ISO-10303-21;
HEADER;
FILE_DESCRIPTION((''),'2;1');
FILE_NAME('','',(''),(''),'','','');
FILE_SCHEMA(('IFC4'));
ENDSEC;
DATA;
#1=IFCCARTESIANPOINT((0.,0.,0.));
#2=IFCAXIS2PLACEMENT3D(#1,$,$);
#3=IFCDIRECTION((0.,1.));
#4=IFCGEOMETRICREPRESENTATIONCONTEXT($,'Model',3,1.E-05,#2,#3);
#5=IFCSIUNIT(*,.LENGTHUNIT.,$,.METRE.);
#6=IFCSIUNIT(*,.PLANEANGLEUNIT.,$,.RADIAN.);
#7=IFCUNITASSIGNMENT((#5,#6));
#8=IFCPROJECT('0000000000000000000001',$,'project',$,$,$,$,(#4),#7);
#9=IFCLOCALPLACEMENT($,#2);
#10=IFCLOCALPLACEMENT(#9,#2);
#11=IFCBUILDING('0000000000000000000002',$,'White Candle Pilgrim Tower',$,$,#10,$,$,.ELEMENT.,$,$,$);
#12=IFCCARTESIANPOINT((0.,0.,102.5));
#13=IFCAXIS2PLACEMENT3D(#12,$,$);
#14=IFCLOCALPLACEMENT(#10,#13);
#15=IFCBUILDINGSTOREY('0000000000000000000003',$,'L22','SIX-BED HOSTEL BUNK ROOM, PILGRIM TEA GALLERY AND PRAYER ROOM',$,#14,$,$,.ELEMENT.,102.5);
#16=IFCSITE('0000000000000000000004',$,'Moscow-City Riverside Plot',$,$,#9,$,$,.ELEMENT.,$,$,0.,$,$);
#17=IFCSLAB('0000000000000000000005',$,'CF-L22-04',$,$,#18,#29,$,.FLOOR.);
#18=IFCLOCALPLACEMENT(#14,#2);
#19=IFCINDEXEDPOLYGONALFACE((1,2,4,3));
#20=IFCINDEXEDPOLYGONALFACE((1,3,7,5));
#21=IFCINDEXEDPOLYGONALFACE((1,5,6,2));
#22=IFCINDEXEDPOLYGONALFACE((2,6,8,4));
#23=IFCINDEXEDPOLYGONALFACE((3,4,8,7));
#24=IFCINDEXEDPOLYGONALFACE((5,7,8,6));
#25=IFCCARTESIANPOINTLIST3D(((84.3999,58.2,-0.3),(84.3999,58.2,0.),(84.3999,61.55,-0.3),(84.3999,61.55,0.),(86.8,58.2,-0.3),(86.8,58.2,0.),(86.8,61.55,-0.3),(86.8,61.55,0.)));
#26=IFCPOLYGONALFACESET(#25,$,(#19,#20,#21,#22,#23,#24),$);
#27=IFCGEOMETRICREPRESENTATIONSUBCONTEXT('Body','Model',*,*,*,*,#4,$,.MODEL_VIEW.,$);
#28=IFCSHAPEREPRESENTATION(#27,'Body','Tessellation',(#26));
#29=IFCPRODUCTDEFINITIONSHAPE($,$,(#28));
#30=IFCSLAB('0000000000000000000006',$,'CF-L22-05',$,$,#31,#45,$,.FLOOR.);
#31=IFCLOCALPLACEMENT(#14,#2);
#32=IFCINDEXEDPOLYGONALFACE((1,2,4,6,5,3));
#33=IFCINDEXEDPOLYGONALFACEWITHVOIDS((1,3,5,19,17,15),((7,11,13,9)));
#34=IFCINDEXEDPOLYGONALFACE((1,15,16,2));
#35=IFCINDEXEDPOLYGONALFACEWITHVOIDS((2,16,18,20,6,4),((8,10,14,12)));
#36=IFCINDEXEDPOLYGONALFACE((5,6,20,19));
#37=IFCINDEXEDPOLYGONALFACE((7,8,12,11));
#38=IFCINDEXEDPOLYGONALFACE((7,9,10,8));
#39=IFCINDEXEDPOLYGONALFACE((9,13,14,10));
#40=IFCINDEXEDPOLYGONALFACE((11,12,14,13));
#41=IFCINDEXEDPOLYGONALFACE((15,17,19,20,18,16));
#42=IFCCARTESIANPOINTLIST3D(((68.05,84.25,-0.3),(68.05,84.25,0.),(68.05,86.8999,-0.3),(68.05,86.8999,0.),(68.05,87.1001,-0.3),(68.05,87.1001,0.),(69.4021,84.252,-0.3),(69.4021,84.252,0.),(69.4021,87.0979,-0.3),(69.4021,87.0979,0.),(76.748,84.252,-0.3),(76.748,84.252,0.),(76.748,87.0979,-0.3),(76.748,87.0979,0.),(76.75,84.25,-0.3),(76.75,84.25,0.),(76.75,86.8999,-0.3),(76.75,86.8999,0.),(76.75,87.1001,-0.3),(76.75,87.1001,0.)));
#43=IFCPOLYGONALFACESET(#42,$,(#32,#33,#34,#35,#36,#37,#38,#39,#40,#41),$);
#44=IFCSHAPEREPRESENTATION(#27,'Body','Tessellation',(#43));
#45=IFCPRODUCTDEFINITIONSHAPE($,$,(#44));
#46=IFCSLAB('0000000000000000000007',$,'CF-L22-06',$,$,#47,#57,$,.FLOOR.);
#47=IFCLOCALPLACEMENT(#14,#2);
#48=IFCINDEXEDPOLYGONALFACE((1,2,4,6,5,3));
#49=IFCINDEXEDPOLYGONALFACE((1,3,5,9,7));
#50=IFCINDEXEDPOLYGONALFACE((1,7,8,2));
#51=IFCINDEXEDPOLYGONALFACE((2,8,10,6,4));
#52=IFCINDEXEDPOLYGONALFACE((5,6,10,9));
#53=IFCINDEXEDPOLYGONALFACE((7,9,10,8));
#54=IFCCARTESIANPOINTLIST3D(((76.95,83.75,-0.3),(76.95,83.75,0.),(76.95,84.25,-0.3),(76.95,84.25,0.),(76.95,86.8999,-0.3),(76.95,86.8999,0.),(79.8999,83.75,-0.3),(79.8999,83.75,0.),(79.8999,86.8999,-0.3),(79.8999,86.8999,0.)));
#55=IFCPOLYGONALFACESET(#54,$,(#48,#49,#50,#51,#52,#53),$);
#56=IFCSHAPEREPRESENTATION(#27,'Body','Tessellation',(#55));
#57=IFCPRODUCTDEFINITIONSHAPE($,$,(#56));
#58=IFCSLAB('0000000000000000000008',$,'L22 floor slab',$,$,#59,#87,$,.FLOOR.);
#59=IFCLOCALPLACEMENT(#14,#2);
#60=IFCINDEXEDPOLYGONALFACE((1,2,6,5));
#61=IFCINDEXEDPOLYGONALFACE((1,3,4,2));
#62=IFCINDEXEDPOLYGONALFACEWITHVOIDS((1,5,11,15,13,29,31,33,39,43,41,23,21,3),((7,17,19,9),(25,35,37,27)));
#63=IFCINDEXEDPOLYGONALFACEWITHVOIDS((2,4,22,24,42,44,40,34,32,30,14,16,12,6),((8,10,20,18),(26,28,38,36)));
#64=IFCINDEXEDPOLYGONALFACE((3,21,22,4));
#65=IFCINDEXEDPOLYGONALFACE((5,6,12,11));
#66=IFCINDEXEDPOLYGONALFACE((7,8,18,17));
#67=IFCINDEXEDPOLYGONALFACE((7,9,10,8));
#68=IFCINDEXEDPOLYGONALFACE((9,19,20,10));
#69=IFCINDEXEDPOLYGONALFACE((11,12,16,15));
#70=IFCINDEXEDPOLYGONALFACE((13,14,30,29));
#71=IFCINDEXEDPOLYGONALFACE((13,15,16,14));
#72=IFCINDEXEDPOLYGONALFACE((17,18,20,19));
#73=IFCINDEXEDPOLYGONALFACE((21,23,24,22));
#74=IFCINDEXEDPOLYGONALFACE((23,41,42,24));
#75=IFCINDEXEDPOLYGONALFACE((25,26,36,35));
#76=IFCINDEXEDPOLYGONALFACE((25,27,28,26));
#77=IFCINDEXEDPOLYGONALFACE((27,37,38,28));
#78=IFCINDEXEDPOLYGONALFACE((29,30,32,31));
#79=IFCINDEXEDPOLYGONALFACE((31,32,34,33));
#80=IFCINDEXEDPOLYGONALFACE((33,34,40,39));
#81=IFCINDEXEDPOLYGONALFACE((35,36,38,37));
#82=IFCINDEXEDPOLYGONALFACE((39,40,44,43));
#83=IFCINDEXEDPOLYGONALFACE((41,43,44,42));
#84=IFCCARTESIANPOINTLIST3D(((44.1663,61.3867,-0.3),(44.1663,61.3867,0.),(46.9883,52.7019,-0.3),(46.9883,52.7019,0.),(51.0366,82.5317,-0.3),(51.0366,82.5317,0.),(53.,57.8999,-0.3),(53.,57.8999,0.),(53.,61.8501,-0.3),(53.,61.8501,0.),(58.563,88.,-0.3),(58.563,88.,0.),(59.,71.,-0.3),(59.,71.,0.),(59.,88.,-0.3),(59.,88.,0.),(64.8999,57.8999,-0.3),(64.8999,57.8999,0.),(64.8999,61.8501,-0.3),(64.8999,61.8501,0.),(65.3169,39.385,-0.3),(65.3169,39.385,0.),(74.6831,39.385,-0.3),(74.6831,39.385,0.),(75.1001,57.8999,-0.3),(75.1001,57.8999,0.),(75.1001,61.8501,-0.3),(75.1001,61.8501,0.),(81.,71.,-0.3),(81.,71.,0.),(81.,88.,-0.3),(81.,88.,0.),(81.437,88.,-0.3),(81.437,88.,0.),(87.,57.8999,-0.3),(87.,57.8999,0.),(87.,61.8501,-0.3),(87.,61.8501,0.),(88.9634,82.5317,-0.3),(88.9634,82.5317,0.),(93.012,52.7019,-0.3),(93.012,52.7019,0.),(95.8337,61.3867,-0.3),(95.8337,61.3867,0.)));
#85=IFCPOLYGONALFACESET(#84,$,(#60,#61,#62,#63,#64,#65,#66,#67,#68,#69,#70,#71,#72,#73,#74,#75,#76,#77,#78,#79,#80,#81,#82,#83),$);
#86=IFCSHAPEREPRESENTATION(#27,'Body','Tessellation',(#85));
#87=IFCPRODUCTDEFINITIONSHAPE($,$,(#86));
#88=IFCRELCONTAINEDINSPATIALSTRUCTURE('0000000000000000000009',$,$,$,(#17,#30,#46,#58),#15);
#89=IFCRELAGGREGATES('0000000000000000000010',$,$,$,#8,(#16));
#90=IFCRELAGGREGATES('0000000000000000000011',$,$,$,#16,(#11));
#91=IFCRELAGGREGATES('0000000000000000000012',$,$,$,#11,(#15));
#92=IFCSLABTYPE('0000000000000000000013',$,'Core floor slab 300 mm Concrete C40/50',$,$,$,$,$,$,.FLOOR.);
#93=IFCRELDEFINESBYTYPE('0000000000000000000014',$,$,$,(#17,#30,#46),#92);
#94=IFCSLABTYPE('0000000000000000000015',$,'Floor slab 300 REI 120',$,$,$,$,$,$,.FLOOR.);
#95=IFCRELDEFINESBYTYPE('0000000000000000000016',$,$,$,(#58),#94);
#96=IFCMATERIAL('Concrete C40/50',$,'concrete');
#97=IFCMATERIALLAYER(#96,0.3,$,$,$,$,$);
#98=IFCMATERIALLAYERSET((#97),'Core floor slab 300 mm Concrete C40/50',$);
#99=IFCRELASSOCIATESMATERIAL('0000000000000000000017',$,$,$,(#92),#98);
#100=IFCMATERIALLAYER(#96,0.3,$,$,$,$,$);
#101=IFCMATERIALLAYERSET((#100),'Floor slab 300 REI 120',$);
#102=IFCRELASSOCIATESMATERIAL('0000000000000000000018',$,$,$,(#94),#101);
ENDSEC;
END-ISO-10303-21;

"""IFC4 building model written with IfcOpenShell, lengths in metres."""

from ifc_helpers import new_model, si_unit, direction, frame, origin, place, context, subcontext, project, spatial, polyline, outline, extrude, material, layer, layer_set, type_object, element, save


model = new_model("IFC4")

# Units and contexts
model_context = context("Model", 3, precision=1e-05, world=origin(), true_north=direction((0.0, 1.0)))
body_context = subcontext(model_context, "Body", "Model", "MODEL_VIEW")
ifc_project = project(units=[si_unit("LENGTHUNIT", "METRE"), si_unit("PLANEANGLEUNIT", "RADIAN")], contexts=[model_context])

# Site, building, storey
site_placement = place(None, origin())
site = spatial("IfcSite", under=ifc_project, at=site_placement, Name="Moscow-City Riverside Plot", CompositionType="ELEMENT", RefElevation=0.0)
building_placement = place(site_placement, origin())
building = spatial("IfcBuilding", under=site, at=building_placement, Name="White Candle Pilgrim Tower", CompositionType="ELEMENT")
storey_placement = place(building_placement, frame((0.0, 0.0, 102.5)))
storey = spatial("IfcBuildingStorey", under=building, at=storey_placement, Name="L22", Description="SIX-BED HOSTEL BUNK ROOM, PILGRIM TEA GALLERY AND PRAYER ROOM", CompositionType="ELEMENT", Elevation=102.5)

# Slabs
ifc_material_1 = material(Name="Concrete C40/50", Category="concrete")
ifc_layer_1 = layer(ifc_material_1, 0.3)
ifc_layer_set_1 = layer_set([ifc_layer_1], Name="Core floor slab 300 mm Concrete C40/50")
slab_type_1 = type_object("IfcSlabType", Name="Core floor slab 300 mm Concrete C40/50", PredefinedType="FLOOR", material=ifc_layer_set_1)
slab_1_placement = place(storey_placement, frame((0.0, 0.0, -0.3)))
element("IfcSlab", 1, at=slab_1_placement, inside=storey, type_object=slab_type_1, Name="CF-L22-04", PredefinedType="FLOOR", context=body_context, shape_type="SweptSolid", body=[
    extrude(outline(polyline([(86.8, 58.2), (84.3999, 58.2), (84.3999, 61.55), (86.8, 61.55), (86.8, 58.2)])), origin(), (0.0, 0.0, 1.0), 0.3),
])
slab_2_placement = place(storey_placement, frame((0.0, 0.0, -0.3)))
element("IfcSlab", 2, at=slab_2_placement, inside=storey, type_object=slab_type_1, Name="CF-L22-05", PredefinedType="FLOOR", context=body_context, shape_type="SweptSolid", body=[
    extrude(outline(polyline([(76.75, 87.1001), (76.75, 86.8999), (76.75, 84.25), (68.05, 84.25), (68.05, 86.8999), (68.05, 87.1001), (76.75, 87.1001)]), holes=[polyline([(69.4021, 87.0979), (69.4021, 84.252), (76.748, 84.252), (76.748, 87.0979), (69.4021, 87.0979)])]), origin(), (0.0, 0.0, 1.0), 0.3),
])
slab_3_placement = place(storey_placement, frame((0.0, 0.0, -0.3)))
element("IfcSlab", 3, at=slab_3_placement, inside=storey, type_object=slab_type_1, Name="CF-L22-06", PredefinedType="FLOOR", context=body_context, shape_type="SweptSolid", body=[
    extrude(outline(polyline([(79.8999, 86.8999), (79.8999, 83.75), (76.95, 83.75), (76.95, 84.25), (76.95, 86.8999), (79.8999, 86.8999)])), origin(), (0.0, 0.0, 1.0), 0.3),
])
ifc_layer_2 = layer(ifc_material_1, 0.3)
ifc_layer_set_2 = layer_set([ifc_layer_2], Name="Floor slab 300 REI 120")
slab_type_2 = type_object("IfcSlabType", Name="Floor slab 300 REI 120", PredefinedType="FLOOR", material=ifc_layer_set_2)
slab_4_placement = place(storey_placement, frame((0.0, 0.0, -0.3)))
element("IfcSlab", 4, at=slab_4_placement, inside=storey, type_object=slab_type_2, Name="L22 floor slab", PredefinedType="FLOOR", context=body_context, shape_type="SweptSolid", body=[
    extrude(outline(polyline([(65.3169, 39.385), (74.6831, 39.385), (93.012, 52.7019), (95.8337, 61.3867), (88.9634, 82.5317), (81.437, 88.0), (81.0, 88.0), (81.0, 71.0), (59.0, 71.0), (59.0, 88.0), (58.563, 88.0), (51.0366, 82.5317), (44.1663, 61.3867), (46.9883, 52.7019), (65.3169, 39.385)]), holes=[polyline([(53.0, 57.8999), (53.0, 61.8501), (64.8999, 61.8501), (64.8999, 57.8999), (53.0, 57.8999)]), polyline([(75.1001, 57.8999), (75.1001, 61.8501), (87.0, 61.8501), (87.0, 57.8999), (75.1001, 57.8999)])]), origin(), (0.0, 0.0, 1.0), 0.3),
])

save(model, "model.ifc")
